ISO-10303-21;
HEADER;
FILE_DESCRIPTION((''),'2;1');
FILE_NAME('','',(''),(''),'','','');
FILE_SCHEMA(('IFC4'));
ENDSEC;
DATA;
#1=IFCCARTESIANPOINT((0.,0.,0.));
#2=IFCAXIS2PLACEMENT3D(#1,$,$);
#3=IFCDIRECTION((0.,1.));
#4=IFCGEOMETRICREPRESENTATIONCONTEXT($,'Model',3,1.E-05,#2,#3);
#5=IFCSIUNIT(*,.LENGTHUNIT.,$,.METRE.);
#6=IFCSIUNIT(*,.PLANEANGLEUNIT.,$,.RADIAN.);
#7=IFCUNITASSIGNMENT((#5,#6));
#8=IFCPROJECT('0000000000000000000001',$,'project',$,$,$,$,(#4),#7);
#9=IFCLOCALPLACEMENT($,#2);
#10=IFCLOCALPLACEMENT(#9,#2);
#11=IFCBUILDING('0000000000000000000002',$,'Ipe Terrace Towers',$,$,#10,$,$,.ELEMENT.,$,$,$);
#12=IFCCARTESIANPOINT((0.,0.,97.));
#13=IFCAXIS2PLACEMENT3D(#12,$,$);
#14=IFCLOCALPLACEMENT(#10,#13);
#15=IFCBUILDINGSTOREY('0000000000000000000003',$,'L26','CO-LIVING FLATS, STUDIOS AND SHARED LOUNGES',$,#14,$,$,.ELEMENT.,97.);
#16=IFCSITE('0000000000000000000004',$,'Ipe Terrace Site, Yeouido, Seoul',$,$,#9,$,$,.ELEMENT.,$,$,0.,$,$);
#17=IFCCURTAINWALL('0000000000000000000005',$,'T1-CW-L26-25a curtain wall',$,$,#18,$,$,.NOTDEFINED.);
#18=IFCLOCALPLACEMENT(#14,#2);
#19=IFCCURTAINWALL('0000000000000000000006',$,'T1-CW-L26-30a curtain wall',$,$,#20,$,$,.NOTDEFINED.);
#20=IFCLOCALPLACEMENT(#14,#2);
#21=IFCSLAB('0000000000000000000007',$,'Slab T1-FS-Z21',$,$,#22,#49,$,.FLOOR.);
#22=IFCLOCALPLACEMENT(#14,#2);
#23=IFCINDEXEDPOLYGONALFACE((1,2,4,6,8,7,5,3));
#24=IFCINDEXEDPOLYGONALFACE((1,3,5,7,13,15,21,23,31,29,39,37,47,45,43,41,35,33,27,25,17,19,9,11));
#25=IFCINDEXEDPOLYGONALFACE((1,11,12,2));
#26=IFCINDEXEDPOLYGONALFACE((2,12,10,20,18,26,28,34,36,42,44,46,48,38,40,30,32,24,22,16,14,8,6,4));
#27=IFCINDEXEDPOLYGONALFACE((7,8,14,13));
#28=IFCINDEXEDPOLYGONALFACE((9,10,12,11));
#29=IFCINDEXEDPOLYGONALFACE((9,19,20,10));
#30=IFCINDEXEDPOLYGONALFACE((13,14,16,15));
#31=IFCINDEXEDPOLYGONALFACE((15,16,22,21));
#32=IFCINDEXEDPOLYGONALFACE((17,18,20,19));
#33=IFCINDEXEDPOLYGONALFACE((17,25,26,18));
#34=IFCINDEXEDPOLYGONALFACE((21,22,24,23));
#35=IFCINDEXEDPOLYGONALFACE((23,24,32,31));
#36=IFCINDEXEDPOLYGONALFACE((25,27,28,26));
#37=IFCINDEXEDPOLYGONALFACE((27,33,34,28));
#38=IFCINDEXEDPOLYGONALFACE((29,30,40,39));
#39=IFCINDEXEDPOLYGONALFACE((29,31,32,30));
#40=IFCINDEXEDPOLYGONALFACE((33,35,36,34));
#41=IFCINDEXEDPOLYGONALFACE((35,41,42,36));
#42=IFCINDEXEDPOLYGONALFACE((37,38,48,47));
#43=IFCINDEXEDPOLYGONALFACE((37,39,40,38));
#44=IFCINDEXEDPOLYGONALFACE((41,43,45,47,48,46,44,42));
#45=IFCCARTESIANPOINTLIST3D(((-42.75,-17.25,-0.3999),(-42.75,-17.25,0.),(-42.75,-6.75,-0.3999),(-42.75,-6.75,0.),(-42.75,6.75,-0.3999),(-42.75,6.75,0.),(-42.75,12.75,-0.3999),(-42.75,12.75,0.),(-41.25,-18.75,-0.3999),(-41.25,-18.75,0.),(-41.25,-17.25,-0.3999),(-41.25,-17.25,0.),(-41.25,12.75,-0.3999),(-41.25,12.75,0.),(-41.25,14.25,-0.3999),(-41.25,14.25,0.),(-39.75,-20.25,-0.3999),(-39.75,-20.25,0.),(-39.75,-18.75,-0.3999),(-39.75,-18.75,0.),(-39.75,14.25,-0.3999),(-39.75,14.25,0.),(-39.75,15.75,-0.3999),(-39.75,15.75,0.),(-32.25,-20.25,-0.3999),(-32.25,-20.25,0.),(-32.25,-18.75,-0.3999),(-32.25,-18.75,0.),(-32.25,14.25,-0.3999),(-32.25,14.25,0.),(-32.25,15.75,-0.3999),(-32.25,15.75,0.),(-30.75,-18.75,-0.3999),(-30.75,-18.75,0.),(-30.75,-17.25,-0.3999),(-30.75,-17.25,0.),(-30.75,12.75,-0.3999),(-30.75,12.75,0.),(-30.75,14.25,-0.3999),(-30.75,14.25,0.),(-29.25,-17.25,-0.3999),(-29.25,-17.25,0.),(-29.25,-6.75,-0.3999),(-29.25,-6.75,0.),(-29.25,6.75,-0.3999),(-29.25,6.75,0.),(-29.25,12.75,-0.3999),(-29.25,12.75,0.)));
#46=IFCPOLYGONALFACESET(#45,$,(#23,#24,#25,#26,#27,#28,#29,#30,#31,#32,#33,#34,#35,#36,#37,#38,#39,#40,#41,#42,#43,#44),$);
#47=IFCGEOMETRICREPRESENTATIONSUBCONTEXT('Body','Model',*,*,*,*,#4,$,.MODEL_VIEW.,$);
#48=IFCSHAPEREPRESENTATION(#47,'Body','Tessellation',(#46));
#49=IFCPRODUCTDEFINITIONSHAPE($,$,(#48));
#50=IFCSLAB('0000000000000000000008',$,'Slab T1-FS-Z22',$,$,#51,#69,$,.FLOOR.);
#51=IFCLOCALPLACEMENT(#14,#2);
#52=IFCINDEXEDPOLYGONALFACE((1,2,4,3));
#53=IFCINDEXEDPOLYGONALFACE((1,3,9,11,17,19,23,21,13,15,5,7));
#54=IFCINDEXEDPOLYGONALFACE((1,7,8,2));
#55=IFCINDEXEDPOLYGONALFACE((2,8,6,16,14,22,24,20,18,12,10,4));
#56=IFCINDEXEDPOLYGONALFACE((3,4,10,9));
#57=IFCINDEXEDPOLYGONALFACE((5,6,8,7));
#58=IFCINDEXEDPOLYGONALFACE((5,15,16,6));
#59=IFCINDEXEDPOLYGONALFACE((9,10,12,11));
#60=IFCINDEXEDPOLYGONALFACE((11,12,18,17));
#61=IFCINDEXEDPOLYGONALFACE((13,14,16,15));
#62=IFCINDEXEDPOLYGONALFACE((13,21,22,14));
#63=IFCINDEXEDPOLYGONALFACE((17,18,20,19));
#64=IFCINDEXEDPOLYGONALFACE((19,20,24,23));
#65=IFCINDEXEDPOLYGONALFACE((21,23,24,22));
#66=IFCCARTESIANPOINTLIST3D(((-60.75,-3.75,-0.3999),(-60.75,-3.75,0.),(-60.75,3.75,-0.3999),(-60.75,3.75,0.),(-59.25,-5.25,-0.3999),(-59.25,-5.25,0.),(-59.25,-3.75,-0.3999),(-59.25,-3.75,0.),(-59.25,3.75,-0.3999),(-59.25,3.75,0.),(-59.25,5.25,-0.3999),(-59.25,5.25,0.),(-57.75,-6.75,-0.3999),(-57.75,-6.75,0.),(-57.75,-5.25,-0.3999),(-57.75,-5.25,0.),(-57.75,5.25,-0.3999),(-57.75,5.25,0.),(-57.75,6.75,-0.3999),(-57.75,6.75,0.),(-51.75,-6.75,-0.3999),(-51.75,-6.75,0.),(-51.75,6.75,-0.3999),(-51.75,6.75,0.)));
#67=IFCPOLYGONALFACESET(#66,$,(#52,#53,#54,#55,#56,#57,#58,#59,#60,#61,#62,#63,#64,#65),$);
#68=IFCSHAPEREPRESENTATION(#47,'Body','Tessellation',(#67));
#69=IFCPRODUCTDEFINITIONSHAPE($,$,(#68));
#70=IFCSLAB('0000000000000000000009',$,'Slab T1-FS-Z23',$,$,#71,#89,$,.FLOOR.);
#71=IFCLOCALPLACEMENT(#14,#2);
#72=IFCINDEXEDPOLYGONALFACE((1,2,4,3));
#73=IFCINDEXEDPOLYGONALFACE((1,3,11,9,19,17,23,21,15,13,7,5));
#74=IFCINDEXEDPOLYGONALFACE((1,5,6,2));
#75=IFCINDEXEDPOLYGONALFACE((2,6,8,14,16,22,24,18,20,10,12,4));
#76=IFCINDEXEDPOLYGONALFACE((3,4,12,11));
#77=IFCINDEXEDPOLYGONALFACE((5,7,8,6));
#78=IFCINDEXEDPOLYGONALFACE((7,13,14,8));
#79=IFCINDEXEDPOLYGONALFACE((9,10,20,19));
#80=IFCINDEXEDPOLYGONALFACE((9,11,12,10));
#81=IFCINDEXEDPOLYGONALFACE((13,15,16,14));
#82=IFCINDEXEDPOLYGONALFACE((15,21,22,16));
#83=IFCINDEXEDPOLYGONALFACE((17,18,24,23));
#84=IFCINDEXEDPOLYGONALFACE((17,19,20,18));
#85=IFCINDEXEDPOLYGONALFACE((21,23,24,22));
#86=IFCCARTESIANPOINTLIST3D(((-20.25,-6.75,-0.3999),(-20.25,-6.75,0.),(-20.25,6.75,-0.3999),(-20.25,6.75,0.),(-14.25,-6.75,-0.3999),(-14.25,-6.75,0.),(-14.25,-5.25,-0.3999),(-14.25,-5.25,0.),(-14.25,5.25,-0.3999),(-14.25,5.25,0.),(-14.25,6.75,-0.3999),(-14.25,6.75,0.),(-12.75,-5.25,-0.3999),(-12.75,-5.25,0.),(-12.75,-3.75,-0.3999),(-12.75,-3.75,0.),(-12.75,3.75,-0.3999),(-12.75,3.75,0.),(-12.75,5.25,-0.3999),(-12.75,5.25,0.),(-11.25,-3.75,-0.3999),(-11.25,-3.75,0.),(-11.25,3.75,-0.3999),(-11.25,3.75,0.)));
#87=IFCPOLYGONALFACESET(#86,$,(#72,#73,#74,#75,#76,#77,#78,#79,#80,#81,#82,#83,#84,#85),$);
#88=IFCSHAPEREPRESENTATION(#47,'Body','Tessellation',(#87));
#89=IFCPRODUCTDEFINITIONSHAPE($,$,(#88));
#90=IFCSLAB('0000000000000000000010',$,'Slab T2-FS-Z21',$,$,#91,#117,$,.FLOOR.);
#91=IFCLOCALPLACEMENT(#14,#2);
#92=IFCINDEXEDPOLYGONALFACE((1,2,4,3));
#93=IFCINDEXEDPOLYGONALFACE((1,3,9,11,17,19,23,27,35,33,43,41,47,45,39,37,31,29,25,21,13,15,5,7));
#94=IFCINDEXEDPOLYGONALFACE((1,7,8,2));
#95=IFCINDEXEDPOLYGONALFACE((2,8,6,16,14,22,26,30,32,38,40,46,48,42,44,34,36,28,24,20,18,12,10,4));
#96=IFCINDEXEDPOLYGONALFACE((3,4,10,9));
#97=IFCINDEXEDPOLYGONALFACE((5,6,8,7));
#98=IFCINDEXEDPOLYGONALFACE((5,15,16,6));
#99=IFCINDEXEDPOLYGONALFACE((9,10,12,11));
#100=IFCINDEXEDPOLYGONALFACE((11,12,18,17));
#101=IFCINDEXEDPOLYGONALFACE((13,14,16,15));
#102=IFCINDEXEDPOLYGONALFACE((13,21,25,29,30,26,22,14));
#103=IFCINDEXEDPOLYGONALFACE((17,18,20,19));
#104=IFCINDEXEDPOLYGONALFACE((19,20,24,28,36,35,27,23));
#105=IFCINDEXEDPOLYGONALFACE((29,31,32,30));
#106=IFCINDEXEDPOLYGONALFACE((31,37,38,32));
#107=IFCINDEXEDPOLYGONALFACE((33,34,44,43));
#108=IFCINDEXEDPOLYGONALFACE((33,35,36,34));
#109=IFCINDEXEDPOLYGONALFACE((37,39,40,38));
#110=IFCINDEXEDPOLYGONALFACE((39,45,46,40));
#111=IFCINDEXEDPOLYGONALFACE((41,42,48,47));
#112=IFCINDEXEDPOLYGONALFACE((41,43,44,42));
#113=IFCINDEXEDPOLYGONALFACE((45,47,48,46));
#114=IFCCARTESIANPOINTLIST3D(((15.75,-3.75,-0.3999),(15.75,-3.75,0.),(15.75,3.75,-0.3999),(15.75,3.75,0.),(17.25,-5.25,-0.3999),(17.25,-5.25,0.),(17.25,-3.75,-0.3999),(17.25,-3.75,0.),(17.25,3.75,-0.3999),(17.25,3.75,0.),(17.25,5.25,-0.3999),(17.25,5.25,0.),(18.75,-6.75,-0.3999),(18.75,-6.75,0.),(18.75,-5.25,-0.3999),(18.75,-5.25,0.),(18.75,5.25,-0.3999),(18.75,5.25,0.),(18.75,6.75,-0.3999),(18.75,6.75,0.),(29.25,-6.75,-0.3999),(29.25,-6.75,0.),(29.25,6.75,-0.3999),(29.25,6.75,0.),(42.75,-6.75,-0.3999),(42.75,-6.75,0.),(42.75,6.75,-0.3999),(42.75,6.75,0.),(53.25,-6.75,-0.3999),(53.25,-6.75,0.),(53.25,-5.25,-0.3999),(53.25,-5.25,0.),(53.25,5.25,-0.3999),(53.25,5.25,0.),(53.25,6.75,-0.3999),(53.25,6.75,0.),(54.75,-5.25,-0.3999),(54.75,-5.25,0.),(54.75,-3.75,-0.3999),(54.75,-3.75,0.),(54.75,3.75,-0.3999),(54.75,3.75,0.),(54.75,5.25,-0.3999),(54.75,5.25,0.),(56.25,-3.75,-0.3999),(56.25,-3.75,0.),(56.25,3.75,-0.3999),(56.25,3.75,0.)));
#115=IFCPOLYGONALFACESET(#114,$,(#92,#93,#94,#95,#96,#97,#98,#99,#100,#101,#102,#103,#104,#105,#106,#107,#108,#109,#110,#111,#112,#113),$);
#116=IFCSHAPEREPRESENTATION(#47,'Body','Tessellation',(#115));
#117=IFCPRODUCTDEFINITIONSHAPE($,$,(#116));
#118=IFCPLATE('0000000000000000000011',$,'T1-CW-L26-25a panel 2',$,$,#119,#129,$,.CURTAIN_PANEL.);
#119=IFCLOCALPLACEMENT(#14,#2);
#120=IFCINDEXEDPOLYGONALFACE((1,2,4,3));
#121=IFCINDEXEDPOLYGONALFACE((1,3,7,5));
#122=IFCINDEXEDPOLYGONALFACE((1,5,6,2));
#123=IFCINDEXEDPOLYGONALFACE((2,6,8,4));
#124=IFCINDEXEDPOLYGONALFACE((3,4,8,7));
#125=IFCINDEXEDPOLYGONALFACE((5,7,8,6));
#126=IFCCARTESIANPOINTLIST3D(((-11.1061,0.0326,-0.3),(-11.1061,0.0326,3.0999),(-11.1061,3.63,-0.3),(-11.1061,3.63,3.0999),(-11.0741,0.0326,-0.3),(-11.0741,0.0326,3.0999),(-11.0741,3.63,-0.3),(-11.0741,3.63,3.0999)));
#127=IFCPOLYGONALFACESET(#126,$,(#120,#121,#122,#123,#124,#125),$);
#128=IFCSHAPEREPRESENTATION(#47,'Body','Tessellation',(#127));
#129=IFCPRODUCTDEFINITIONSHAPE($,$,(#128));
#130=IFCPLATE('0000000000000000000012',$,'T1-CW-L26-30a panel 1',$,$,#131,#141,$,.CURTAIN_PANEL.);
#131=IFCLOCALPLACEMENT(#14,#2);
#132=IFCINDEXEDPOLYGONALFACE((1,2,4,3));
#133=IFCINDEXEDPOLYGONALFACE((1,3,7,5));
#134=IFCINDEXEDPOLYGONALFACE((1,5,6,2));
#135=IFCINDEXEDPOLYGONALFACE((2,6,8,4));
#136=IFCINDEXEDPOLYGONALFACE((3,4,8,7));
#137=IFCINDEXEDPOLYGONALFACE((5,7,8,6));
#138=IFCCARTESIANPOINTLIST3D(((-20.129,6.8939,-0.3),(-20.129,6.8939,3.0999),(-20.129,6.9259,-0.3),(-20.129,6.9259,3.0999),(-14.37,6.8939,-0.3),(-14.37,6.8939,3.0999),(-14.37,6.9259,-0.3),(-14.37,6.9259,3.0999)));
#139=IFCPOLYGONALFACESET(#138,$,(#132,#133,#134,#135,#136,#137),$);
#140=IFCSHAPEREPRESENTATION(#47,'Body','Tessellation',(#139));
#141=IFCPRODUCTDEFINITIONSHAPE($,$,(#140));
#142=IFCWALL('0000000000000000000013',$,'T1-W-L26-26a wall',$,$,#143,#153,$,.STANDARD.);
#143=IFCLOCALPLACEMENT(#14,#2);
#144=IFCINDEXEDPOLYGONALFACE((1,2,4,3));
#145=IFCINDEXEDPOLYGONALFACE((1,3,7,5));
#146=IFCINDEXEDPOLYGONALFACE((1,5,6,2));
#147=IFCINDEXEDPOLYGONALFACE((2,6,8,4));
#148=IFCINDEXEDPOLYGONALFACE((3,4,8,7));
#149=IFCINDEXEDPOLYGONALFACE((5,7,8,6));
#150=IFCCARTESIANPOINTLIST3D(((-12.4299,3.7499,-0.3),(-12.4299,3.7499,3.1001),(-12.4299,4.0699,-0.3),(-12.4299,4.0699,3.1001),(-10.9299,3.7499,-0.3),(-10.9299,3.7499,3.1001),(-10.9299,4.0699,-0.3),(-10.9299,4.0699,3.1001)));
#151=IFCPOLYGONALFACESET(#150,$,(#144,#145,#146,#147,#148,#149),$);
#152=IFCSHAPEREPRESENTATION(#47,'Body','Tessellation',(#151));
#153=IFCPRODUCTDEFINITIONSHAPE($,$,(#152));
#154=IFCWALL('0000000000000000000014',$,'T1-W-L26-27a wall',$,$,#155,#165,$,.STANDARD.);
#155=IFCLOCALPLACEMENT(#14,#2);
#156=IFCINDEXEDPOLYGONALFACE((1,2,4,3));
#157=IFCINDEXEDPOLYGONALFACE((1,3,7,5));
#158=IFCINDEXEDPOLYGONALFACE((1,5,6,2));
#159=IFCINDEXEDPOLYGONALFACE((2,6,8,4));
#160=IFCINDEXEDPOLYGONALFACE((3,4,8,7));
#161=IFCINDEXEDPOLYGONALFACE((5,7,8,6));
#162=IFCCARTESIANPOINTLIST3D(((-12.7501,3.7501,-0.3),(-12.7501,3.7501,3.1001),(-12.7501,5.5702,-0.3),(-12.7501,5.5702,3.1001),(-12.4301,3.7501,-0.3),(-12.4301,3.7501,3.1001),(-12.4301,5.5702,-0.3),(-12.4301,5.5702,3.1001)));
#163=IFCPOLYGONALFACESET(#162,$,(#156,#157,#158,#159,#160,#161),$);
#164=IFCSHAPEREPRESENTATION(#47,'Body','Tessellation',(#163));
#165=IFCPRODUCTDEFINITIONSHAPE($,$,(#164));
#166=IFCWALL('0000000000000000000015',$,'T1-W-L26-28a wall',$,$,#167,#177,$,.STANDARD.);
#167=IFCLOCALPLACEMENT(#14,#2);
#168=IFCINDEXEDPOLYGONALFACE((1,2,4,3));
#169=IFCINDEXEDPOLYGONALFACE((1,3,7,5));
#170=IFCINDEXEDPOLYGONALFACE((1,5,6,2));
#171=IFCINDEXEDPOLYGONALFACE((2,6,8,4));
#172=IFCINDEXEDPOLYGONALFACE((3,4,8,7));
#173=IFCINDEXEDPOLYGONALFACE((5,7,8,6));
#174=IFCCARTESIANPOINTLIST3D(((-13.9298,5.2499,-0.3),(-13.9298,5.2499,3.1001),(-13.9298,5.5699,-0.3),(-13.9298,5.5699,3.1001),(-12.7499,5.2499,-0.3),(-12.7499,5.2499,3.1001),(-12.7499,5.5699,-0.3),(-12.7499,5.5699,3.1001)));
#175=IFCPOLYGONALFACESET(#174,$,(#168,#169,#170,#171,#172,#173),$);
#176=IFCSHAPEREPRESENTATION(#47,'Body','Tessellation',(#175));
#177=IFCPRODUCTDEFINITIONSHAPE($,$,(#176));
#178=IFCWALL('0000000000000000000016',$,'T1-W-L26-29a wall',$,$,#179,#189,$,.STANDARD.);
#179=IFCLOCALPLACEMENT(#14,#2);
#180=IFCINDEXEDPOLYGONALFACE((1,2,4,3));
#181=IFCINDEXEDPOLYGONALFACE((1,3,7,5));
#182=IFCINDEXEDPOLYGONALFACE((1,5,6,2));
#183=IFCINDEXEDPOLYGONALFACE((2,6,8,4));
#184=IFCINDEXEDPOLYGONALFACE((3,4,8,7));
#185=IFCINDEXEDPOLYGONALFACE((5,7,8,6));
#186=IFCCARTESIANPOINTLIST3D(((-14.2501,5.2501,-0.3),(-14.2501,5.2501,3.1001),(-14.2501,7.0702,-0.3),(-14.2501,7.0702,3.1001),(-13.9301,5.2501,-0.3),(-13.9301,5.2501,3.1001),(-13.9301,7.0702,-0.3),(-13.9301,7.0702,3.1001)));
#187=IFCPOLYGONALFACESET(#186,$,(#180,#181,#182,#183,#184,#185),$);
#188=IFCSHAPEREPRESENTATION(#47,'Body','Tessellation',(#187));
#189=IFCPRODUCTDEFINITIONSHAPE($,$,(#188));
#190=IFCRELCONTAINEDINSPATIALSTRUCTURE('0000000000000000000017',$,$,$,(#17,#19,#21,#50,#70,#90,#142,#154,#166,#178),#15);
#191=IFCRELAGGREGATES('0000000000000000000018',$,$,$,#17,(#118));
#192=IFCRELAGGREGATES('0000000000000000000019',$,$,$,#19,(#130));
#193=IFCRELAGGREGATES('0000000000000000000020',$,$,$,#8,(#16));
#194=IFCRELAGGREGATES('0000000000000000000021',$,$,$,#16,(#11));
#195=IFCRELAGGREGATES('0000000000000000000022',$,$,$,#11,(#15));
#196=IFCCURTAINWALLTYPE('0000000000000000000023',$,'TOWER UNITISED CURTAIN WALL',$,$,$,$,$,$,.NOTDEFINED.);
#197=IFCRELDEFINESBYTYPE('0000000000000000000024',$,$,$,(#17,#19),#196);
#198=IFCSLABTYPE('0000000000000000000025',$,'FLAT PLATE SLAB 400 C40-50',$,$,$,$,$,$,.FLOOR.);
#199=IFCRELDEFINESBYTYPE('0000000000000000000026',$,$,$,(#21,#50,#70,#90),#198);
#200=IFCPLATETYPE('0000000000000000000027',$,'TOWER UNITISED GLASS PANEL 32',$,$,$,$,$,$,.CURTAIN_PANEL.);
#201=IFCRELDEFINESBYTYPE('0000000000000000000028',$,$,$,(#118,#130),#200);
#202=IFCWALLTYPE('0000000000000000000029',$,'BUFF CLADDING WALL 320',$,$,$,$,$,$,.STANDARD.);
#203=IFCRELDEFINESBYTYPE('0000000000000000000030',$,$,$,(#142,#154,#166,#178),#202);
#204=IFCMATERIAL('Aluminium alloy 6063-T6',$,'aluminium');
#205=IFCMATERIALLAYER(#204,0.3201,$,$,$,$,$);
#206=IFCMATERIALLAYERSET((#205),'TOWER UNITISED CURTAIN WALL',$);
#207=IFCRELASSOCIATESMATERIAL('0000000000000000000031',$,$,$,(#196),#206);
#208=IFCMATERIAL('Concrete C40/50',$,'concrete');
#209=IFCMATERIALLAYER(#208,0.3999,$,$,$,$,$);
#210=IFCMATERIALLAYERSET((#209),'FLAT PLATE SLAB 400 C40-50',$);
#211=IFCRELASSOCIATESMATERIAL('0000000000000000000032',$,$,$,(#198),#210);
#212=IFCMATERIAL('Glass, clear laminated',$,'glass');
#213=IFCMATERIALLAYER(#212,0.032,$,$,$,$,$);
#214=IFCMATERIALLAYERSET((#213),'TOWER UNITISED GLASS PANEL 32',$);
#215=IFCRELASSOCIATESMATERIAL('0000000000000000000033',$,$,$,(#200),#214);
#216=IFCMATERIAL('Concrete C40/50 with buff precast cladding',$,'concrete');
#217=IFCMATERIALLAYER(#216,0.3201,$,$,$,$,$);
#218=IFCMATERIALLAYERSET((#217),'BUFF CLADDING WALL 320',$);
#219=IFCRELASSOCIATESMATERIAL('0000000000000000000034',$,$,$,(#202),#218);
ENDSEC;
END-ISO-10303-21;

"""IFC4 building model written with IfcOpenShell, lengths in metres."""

from ifc_helpers import new_model, si_unit, direction, frame, frame_2d, origin, origin_2d, place, context, subcontext, project, spatial, polyline, rectangle, outline, extrude, material, layer, layer_set, type_object, element, aggregate, save


model = new_model("IFC4")

# Units and contexts
model_context = context("Model", 3, precision=1e-05, world=origin(), true_north=direction((0.0, 1.0)))
body_context = subcontext(model_context, "Body", "Model", "MODEL_VIEW")
ifc_project = project(units=[si_unit("LENGTHUNIT", "METRE"), si_unit("PLANEANGLEUNIT", "RADIAN")], contexts=[model_context])

# Site, building, storey
site_placement = place(None, origin())
site = spatial("IfcSite", under=ifc_project, at=site_placement, Name="Ipe Terrace Site, Yeouido, Seoul", CompositionType="ELEMENT", RefElevation=0.0)
building_placement = place(site_placement, origin())
building = spatial("IfcBuilding", under=site, at=building_placement, Name="Ipe Terrace Towers", CompositionType="ELEMENT")
storey_placement = place(building_placement, frame((0.0, 0.0, 97.0)))
storey = spatial("IfcBuildingStorey", under=building, at=storey_placement, Name="L26", Description="CO-LIVING FLATS, STUDIOS AND SHARED LOUNGES", CompositionType="ELEMENT", Elevation=97.0)

# Curtain wall
ifc_material_1 = material(Name="Aluminium alloy 6063-T6", Category="aluminium")
ifc_layer_1 = layer(ifc_material_1, 0.3201)
ifc_layer_set_1 = layer_set([ifc_layer_1], Name="TOWER UNITISED CURTAIN WALL")
curtain_wall_type = type_object("IfcCurtainWallType", Name="TOWER UNITISED CURTAIN WALL", PredefinedType="NOTDEFINED", material=ifc_layer_set_1)
curtain_wall_1_placement = place(storey_placement, origin())
curtain_wall_1 = element("IfcCurtainWall", 1, at=curtain_wall_1_placement, inside=storey, type_object=curtain_wall_type, Name="T1-CW-L26-25a curtain wall", PredefinedType="NOTDEFINED")

# Curtain wall
curtain_wall_2_placement = place(storey_placement, origin())
curtain_wall_2 = element("IfcCurtainWall", 2, at=curtain_wall_2_placement, inside=storey, type_object=curtain_wall_type, Name="T1-CW-L26-30a curtain wall", PredefinedType="NOTDEFINED")

# Slabs
ifc_material_2 = material(Name="Concrete C40/50", Category="concrete")
ifc_layer_2 = layer(ifc_material_2, 0.3999)
ifc_layer_set_2 = layer_set([ifc_layer_2], Name="FLAT PLATE SLAB 400 C40-50")
slab_type = type_object("IfcSlabType", Name="FLAT PLATE SLAB 400 C40-50", PredefinedType="FLOOR", material=ifc_layer_set_2)
slab_1_placement = place(storey_placement, frame((0.0, 0.0, -0.3999)))
element("IfcSlab", 3, at=slab_1_placement, inside=storey, type_object=slab_type, Name="Slab T1-FS-Z21", PredefinedType="FLOOR", context=body_context, shape_type="SweptSolid", body=[
    extrude(outline(polyline([(-30.75, -17.25), (-30.75, -18.75), (-32.25, -18.75), (-32.25, -20.25), (-39.75, -20.25), (-39.75, -18.75), (-41.25, -18.75), (-41.25, -17.25), (-42.75, -17.25), (-42.75, -6.75), (-42.75, 6.75), (-42.75, 12.75), (-41.25, 12.75), (-41.25, 14.25), (-39.75, 14.25), (-39.75, 15.75), (-32.25, 15.75), (-32.25, 14.25), (-30.75, 14.25), (-30.75, 12.75), (-29.25, 12.75), (-29.25, 6.75), (-29.25, -6.75), (-29.25, -17.25), (-30.75, -17.25)])), origin(), (0.0, 0.0, 1.0), 0.3999),
])
slab_2_placement = place(storey_placement, frame((0.0, 0.0, -0.3999)))
element("IfcSlab", 4, at=slab_2_placement, inside=storey, type_object=slab_type, Name="Slab T1-FS-Z22", PredefinedType="FLOOR", context=body_context, shape_type="SweptSolid", body=[
    extrude(outline(polyline([(-57.75, -6.75), (-57.75, -5.25), (-59.25, -5.25), (-59.25, -3.75), (-60.75, -3.75), (-60.75, 3.75), (-59.25, 3.75), (-59.25, 5.25), (-57.75, 5.25), (-57.75, 6.75), (-51.75, 6.75), (-51.75, -6.75), (-57.75, -6.75)])), origin(), (0.0, 0.0, 1.0), 0.3999),
])
slab_3_placement = place(storey_placement, frame((0.0, 0.0, -0.3999)))
element("IfcSlab", 5, at=slab_3_placement, inside=storey, type_object=slab_type, Name="Slab T1-FS-Z23", PredefinedType="FLOOR", context=body_context, shape_type="SweptSolid", body=[
    extrude(outline(polyline([(-14.25, 5.25), (-12.75, 5.25), (-12.75, 3.75), (-11.25, 3.75), (-11.25, -3.75), (-12.75, -3.75), (-12.75, -5.25), (-14.25, -5.25), (-14.25, -6.75), (-20.25, -6.75), (-20.25, 6.75), (-14.25, 6.75), (-14.25, 5.25)])), origin(), (0.0, 0.0, 1.0), 0.3999),
])
slab_4_placement = place(storey_placement, frame((0.0, 0.0, -0.3999)))
element("IfcSlab", 6, at=slab_4_placement, inside=storey, type_object=slab_type, Name="Slab T2-FS-Z21", PredefinedType="FLOOR", context=body_context, shape_type="SweptSolid", body=[
    extrude(outline(polyline([(53.25, 5.25), (54.75, 5.25), (54.75, 3.75), (56.25, 3.75), (56.25, -3.75), (54.75, -3.75), (54.75, -5.25), (53.25, -5.25), (53.25, -6.75), (42.75, -6.75), (29.25, -6.75), (18.75, -6.75), (18.75, -5.25), (17.25, -5.25), (17.25, -3.75), (15.75, -3.75), (15.75, 3.75), (17.25, 3.75), (17.25, 5.25), (18.75, 5.25), (18.75, 6.75), (29.25, 6.75), (42.75, 6.75), (53.25, 6.75), (53.25, 5.25)])), origin(), (0.0, 0.0, 1.0), 0.3999),
])

# Plates
ifc_material_3 = material(Name="Glass, clear laminated", Category="glass")
ifc_layer_3 = layer(ifc_material_3, 0.032)
ifc_layer_set_3 = layer_set([ifc_layer_3], Name="TOWER UNITISED GLASS PANEL 32")
plate_type = type_object("IfcPlateType", Name="TOWER UNITISED GLASS PANEL 32", PredefinedType="CURTAIN_PANEL", material=ifc_layer_set_3)
plate_1_placement = place(storey_placement, frame((-11.0901, 1.8313, -0.3), z_axis=(0.0, 0.0, 1.0), x_axis=(0.0, 1.0, 0.0)))
plate_1 = element("IfcPlate", 7, at=plate_1_placement, type_object=plate_type, Name="T1-CW-L26-25a panel 2", PredefinedType="CURTAIN_PANEL", context=body_context, shape_type="SweptSolid", body=[
    extrude(rectangle(XDim=3.5974, YDim=0.032, at=origin_2d()), origin(), (0.0, 0.0, 1.0), 3.3999),
])
aggregate(curtain_wall_1, [plate_1])
plate_2_placement = place(storey_placement, frame((-17.2495, 6.9099, -0.3), z_axis=(0.0, 0.0, 1.0), x_axis=(-1.0, 0.0, 0.0)))
plate_2 = element("IfcPlate", 8, at=plate_2_placement, type_object=plate_type, Name="T1-CW-L26-30a panel 1", PredefinedType="CURTAIN_PANEL", context=body_context, shape_type="SweptSolid", body=[
    extrude(rectangle(XDim=5.759, YDim=0.032, at=origin_2d()), origin(), (0.0, 0.0, 1.0), 3.3999),
])
aggregate(curtain_wall_2, [plate_2])

# Walls
ifc_material_4 = material(Name="Concrete C40/50 with buff precast cladding", Category="concrete")
ifc_layer_4 = layer(ifc_material_4, 0.3201)
ifc_layer_set_4 = layer_set([ifc_layer_4], Name="BUFF CLADDING WALL 320")
wall_type_1 = type_object("IfcWallType", Name="BUFF CLADDING WALL 320", PredefinedType="STANDARD", material=ifc_layer_set_4)
wall_1_placement = place(storey_placement, frame((-10.9299, 3.9099, -0.3), z_axis=(0.0, 0.0, 1.0), x_axis=(-1.0, 0.0, 0.0)))
element("IfcWall", 9, at=wall_1_placement, inside=storey, type_object=wall_type_1, Name="T1-W-L26-26a wall", PredefinedType="STANDARD", context=body_context, shape_type="SweptSolid", body=[
    extrude(rectangle(XDim=1.5, YDim=0.3201, at=frame_2d((0.75, 0.0))), origin(), (0.0, 0.0, 1.0), 3.4001),
])
wall_2_placement = place(storey_placement, frame((-12.5901, 3.75, -0.3), z_axis=(0.0, 0.0, 1.0), x_axis=(0.0, 1.0, 0.0)))
element("IfcWall", 10, at=wall_2_placement, inside=storey, type_object=wall_type_1, Name="T1-W-L26-27a wall", PredefinedType="STANDARD", context=body_context, shape_type="SweptSolid", body=[
    extrude(rectangle(XDim=1.8201, YDim=0.3201, at=frame_2d((0.9102, 0.0))), origin(), (0.0, 0.0, 1.0), 3.4001),
])
wall_3_placement = place(storey_placement, frame((-12.75, 5.4099, -0.3), z_axis=(0.0, 0.0, 1.0), x_axis=(-1.0, 0.0, 0.0)))
element("IfcWall", 11, at=wall_3_placement, inside=storey, type_object=wall_type_1, Name="T1-W-L26-28a wall", PredefinedType="STANDARD", context=body_context, shape_type="SweptSolid", body=[
    extrude(rectangle(XDim=1.1799, YDim=0.3201, at=frame_2d((0.5898, 0.0))), origin(), (0.0, 0.0, 1.0), 3.4001),
])
wall_4_placement = place(storey_placement, frame((-14.0901, 5.25, -0.3), z_axis=(0.0, 0.0, 1.0), x_axis=(0.0, 1.0, 0.0)))
element("IfcWall", 12, at=wall_4_placement, inside=storey, type_object=wall_type_1, Name="T1-W-L26-29a wall", PredefinedType="STANDARD", context=body_context, shape_type="SweptSolid", body=[
    extrude(rectangle(XDim=1.8201, YDim=0.3201, at=frame_2d((0.9102, 0.0))), origin(), (0.0, 0.0, 1.0), 3.4001),
])

save(model, "model.ifc")
